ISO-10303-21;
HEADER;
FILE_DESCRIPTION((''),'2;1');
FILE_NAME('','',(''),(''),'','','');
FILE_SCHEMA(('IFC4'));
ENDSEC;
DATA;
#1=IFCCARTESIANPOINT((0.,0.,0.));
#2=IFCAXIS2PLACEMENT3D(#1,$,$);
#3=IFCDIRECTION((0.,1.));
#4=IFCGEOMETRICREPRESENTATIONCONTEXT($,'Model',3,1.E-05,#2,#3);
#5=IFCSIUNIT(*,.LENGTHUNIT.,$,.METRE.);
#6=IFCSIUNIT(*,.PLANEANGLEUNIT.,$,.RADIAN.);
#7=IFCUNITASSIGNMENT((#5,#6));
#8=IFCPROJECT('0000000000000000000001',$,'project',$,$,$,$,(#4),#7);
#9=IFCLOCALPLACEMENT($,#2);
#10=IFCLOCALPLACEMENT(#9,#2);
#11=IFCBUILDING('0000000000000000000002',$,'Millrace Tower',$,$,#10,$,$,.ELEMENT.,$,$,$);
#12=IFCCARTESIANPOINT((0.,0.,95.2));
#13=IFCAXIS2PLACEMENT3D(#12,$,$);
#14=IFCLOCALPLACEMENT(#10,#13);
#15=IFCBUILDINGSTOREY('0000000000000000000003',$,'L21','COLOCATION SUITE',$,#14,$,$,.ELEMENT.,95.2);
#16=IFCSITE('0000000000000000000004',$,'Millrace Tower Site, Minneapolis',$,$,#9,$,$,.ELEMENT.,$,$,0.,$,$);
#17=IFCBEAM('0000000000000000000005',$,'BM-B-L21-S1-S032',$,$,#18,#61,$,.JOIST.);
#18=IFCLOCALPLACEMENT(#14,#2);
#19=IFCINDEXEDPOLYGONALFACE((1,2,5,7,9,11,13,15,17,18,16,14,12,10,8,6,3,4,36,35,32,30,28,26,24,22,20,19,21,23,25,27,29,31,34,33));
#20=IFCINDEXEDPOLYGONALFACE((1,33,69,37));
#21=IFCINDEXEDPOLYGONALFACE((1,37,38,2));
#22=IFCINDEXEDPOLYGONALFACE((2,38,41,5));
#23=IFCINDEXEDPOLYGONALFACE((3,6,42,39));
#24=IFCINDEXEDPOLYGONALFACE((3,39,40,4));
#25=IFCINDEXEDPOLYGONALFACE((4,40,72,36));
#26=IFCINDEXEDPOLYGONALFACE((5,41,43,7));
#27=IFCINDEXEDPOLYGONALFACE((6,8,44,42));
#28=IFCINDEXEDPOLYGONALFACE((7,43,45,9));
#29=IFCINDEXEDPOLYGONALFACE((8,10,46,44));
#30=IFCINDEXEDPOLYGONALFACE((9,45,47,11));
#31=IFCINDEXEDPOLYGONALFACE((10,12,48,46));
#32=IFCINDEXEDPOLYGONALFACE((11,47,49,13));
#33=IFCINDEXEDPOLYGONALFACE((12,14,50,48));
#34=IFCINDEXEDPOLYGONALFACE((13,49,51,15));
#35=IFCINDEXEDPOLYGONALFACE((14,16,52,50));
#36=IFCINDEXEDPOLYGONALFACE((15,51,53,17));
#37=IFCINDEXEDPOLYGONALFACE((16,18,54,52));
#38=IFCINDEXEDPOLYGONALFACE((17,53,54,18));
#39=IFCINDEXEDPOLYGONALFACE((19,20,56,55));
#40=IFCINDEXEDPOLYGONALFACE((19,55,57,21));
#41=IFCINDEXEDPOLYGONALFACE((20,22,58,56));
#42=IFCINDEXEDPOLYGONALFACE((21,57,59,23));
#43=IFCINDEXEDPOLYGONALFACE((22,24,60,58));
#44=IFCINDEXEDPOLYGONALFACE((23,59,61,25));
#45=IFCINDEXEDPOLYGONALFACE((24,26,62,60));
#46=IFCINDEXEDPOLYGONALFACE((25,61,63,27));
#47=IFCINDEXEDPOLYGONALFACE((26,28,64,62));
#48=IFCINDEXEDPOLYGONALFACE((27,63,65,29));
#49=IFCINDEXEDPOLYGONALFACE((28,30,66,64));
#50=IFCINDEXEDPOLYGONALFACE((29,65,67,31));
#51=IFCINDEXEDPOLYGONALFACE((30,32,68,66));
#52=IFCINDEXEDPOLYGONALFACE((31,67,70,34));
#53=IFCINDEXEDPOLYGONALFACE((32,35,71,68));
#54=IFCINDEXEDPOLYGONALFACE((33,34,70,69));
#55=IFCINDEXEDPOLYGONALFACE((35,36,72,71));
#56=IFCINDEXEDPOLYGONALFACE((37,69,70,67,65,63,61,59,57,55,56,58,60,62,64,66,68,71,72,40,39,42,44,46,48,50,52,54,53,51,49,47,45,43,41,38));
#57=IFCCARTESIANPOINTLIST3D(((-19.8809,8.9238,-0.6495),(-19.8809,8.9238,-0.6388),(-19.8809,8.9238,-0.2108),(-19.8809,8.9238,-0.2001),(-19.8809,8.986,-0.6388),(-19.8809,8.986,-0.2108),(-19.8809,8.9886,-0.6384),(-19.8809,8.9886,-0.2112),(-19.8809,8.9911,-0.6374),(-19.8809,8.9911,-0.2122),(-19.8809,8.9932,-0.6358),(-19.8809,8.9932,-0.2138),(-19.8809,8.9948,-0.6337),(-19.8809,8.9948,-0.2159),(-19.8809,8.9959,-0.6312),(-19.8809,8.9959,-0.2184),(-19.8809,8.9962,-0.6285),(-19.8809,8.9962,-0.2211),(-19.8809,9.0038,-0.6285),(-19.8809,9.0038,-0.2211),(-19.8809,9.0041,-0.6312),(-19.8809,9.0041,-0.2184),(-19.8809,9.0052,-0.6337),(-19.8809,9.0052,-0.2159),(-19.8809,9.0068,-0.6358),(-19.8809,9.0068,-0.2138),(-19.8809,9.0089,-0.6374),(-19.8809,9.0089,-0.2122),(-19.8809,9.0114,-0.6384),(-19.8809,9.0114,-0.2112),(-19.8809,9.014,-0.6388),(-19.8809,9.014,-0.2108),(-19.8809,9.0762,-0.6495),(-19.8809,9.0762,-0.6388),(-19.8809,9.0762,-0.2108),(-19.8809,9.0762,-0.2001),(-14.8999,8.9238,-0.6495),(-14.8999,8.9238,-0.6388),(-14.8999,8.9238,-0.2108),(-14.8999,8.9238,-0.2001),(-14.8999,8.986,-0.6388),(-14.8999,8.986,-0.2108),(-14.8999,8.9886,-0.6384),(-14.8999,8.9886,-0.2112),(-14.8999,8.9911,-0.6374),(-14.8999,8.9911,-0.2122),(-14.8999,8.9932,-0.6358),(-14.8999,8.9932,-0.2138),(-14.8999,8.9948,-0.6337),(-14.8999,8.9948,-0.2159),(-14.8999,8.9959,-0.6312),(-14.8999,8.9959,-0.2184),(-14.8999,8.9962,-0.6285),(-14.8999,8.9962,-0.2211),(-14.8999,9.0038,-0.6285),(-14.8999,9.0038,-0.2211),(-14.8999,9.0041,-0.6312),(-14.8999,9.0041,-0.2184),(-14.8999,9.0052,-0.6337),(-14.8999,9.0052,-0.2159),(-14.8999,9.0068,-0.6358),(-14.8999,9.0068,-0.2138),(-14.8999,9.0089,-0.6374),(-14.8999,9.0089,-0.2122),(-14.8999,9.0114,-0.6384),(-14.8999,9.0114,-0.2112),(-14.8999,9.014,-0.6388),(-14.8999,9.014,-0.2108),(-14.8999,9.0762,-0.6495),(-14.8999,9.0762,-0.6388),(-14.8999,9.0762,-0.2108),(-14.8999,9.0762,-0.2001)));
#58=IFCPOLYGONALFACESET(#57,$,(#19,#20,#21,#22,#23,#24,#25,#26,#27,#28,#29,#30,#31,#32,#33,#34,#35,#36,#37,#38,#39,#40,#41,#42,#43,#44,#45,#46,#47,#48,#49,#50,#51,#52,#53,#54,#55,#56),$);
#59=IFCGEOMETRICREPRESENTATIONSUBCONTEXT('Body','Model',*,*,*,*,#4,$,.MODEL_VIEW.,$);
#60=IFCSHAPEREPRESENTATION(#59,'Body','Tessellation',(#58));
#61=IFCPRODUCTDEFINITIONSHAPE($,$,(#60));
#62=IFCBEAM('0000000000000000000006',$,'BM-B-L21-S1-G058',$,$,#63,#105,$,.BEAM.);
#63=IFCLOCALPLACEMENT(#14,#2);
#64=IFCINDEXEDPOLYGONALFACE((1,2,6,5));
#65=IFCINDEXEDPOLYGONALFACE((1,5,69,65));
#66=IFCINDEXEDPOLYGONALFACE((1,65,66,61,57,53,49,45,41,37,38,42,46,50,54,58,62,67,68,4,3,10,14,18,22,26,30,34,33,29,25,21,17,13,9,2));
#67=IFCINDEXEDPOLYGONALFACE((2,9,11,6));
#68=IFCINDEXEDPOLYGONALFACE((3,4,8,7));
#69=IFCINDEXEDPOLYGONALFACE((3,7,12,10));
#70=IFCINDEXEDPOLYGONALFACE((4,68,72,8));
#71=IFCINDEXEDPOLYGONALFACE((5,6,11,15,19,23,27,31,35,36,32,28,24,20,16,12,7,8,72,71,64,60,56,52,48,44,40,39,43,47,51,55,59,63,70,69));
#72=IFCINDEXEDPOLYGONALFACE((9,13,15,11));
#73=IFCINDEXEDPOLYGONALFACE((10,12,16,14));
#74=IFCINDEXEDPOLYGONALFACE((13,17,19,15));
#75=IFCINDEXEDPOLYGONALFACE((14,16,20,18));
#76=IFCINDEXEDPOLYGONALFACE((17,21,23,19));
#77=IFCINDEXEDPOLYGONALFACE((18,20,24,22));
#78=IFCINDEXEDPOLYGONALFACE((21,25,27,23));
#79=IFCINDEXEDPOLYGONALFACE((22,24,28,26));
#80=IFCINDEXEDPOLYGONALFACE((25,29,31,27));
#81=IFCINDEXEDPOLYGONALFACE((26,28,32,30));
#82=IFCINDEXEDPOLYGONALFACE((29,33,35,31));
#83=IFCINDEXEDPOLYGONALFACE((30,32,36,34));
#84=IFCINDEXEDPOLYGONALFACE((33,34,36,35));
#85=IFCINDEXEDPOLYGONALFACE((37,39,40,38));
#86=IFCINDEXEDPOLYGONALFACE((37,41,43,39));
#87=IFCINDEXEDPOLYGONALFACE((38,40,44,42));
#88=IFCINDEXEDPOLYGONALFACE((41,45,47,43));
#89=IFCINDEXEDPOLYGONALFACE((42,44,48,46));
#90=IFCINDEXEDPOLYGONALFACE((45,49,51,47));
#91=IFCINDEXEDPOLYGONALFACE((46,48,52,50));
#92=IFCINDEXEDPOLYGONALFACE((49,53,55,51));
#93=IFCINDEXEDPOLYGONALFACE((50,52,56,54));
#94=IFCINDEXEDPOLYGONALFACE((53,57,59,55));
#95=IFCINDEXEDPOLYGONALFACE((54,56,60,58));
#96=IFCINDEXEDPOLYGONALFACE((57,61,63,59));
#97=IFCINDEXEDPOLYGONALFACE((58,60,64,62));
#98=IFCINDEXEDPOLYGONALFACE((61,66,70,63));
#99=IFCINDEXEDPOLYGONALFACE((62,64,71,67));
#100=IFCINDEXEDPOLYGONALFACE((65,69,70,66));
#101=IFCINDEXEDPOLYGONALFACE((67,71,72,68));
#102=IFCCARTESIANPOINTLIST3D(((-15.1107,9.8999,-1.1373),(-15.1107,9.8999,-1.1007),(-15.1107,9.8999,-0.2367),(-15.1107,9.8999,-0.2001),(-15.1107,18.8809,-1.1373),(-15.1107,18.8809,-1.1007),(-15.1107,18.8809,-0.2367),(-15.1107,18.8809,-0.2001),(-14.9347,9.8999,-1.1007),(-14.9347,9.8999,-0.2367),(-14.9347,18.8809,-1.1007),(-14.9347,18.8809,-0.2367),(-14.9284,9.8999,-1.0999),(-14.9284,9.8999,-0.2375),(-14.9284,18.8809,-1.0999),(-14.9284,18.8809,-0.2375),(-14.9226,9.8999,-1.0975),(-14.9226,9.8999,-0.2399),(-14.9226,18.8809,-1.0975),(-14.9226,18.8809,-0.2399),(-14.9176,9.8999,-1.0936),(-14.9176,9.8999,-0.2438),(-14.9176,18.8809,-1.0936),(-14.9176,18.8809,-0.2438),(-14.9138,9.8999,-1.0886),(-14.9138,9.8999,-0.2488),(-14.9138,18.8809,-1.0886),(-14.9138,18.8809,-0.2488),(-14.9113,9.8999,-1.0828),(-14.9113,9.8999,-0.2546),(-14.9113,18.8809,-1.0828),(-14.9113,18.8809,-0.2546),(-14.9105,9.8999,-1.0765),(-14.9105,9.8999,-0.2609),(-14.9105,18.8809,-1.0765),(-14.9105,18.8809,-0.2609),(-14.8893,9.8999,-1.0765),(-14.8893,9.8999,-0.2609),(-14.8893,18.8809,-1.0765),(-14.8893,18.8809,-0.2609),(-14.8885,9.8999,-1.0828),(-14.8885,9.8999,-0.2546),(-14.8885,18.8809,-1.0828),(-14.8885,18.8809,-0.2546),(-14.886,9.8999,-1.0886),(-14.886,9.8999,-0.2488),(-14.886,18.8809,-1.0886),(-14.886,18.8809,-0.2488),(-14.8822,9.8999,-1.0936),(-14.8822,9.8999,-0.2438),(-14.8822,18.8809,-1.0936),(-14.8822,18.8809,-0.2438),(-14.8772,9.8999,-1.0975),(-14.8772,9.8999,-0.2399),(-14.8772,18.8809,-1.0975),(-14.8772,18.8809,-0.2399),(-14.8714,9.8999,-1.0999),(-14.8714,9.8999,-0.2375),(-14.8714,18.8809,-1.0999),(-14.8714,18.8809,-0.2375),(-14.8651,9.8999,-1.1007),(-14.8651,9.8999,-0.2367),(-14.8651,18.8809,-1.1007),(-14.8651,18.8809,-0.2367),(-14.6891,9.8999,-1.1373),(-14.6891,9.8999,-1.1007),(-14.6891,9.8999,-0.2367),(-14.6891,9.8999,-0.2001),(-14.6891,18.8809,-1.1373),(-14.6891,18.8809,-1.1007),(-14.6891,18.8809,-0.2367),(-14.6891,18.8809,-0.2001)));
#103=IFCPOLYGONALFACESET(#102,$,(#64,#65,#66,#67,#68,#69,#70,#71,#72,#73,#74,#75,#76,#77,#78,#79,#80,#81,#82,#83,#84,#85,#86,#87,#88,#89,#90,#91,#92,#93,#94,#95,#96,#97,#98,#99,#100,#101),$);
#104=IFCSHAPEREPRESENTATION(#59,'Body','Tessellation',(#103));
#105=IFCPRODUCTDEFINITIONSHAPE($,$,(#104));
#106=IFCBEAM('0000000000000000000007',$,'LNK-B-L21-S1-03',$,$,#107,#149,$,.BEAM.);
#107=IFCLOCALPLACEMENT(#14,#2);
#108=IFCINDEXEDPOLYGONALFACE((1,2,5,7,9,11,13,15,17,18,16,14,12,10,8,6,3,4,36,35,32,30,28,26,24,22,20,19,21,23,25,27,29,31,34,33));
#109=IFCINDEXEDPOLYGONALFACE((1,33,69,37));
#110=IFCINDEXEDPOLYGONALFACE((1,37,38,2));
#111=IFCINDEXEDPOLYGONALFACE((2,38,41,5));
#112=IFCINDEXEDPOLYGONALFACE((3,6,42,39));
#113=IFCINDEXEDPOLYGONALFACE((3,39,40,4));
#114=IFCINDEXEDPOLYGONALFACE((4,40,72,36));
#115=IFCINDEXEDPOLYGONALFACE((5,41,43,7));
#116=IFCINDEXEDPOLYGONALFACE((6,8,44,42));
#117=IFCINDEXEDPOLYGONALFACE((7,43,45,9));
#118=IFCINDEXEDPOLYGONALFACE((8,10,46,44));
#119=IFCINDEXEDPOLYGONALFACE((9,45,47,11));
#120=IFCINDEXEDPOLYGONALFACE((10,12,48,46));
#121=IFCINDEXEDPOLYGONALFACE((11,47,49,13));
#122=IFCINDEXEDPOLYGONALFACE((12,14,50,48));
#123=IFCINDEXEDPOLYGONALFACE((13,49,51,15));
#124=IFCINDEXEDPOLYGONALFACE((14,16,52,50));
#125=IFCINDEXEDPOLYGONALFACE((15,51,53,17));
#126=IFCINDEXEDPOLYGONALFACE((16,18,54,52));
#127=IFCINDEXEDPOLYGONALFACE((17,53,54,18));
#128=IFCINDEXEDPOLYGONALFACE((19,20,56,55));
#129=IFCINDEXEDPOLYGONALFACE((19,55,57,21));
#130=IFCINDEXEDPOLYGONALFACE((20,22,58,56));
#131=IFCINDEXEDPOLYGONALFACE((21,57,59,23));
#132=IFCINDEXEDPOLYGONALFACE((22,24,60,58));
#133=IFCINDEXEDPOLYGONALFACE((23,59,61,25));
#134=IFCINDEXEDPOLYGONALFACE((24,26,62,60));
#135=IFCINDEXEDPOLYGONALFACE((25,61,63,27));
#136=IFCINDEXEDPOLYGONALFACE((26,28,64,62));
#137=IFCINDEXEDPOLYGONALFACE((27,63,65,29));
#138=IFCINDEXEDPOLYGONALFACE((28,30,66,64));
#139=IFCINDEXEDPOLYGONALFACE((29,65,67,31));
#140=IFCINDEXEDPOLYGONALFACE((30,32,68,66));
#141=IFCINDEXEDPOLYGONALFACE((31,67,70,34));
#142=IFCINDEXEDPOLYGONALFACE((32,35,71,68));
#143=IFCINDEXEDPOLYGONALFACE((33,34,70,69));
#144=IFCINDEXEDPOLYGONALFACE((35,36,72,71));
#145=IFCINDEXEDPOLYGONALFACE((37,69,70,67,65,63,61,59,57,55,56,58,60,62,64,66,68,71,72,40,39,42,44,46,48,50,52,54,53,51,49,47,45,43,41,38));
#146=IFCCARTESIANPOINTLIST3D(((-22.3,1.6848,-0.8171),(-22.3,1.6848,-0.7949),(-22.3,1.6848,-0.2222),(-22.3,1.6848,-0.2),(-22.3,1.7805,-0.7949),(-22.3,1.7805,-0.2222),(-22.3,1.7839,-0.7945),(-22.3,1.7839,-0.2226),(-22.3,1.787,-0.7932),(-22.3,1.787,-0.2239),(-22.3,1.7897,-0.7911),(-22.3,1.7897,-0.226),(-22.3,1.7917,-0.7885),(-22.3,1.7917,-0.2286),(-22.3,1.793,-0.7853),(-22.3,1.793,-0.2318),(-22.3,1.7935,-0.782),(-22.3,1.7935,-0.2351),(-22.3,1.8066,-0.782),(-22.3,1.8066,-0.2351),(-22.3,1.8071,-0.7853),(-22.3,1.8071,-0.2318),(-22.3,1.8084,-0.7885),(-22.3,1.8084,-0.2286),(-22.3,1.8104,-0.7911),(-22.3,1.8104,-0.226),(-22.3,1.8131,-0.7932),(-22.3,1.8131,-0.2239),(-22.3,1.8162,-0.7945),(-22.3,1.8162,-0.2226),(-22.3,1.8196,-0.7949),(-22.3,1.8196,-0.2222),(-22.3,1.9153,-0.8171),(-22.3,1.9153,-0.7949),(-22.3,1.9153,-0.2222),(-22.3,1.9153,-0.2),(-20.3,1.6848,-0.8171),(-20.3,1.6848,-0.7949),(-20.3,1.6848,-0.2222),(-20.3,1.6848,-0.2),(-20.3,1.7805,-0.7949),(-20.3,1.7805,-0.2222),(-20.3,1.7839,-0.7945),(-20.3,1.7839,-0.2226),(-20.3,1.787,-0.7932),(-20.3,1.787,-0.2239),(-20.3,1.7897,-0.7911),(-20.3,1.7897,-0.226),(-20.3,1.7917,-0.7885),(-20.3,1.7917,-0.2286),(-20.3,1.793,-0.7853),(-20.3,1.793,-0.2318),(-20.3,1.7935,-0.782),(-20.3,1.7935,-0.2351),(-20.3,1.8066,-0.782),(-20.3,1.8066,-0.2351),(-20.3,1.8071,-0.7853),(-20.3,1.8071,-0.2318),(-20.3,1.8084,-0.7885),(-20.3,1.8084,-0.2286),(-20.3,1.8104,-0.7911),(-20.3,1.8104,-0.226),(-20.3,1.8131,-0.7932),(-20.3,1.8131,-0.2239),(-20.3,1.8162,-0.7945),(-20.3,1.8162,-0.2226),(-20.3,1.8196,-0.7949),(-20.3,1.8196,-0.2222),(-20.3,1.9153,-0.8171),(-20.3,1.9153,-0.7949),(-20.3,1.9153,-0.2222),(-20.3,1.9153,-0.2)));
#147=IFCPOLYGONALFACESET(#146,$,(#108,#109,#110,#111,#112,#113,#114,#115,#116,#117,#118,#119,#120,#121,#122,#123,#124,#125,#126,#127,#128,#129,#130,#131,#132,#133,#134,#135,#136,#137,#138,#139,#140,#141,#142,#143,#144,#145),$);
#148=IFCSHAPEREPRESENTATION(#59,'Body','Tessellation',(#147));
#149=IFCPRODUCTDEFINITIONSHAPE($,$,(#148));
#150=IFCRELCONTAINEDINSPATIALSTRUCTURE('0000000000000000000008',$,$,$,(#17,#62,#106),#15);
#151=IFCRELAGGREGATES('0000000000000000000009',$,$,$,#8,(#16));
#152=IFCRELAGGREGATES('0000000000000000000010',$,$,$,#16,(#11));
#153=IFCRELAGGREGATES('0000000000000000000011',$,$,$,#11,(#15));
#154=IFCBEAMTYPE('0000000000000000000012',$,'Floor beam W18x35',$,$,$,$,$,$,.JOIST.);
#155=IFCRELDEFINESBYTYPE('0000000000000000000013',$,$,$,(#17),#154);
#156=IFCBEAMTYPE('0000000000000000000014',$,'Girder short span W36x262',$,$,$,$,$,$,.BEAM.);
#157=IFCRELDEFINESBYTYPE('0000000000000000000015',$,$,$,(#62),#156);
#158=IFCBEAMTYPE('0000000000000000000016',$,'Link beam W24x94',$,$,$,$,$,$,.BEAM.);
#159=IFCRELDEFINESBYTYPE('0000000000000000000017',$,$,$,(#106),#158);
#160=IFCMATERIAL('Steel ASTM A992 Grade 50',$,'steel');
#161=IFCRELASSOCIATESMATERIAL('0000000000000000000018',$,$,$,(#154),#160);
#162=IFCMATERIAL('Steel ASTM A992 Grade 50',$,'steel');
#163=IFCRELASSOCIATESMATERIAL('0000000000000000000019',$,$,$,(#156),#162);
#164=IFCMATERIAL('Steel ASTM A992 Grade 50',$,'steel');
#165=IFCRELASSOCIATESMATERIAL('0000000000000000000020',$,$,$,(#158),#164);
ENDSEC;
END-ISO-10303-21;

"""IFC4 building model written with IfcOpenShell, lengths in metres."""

from ifc_helpers import new_model, si_unit, direction, frame, origin, origin_2d, place, context, subcontext, project, spatial, i_section, extrude, material, material_profile, profile_set, type_object, element, save


model = new_model("IFC4")

# Units and contexts
model_context = context("Model", 3, precision=1e-05, world=origin(), true_north=direction((0.0, 1.0)))
body_context = subcontext(model_context, "Body", "Model", "MODEL_VIEW")
ifc_project = project(units=[si_unit("LENGTHUNIT", "METRE"), si_unit("PLANEANGLEUNIT", "RADIAN")], contexts=[model_context])

# Site, building, storey
site_placement = place(None, origin())
site = spatial("IfcSite", under=ifc_project, at=site_placement, Name="Millrace Tower Site, Minneapolis", CompositionType="ELEMENT", RefElevation=0.0)
building_placement = place(site_placement, origin())
building = spatial("IfcBuilding", under=site, at=building_placement, Name="Millrace Tower", CompositionType="ELEMENT")
storey_placement = place(building_placement, frame((0.0, 0.0, 95.2)))
storey = spatial("IfcBuildingStorey", under=building, at=storey_placement, Name="L21", Description="COLOCATION SUITE", CompositionType="ELEMENT", Elevation=95.2)

# Beams
ifc_material_1 = material(Name="Steel ASTM A992 Grade 50", Category="steel")
ifc_material_profile_1 = material_profile(ifc_material_1, i_section(OverallWidth=0.1523, OverallDepth=0.4495, WebThickness=0.0076, FlangeThickness=0.0107, FilletRadius=0.0103, at=origin_2d()))
ifc_profile_set_1 = profile_set([ifc_material_profile_1], Name="Steel ASTM A992 Grade 50")
beam_type_1 = type_object("IfcBeamType", Name="Floor beam W18x35", PredefinedType="JOIST", material=ifc_profile_set_1)
for number, where, z_axis, x_axis, name in (
    (1, (-19.8809, 9.0, -0.4248), (1.0, 0.0, 0.0), (0.0, 1.0, 0.0), "BM-B-L21-S1-S032"),
):
    element("IfcBeam", number, at=place(storey_placement, frame(where, z_axis=z_axis, x_axis=x_axis)), inside=storey, type_object=beam_type_1, Name=name, PredefinedType="JOIST", context=body_context, shape_type="SweptSolid", body=[
        extrude(i_section(OverallWidth=0.1523, OverallDepth=0.4495, WebThickness=0.0076, FlangeThickness=0.0107, FilletRadius=0.0103, at=origin_2d()), origin(), (0.0, 0.0, 1.0), 4.981),
    ])
ifc_material_2 = material(Name="Steel ASTM A992 Grade 50", Category="steel")
ifc_material_profile_2 = material_profile(ifc_material_2, i_section(OverallWidth=0.4216, OverallDepth=0.9373, WebThickness=0.0212, FlangeThickness=0.0366, FilletRadius=0.0242, at=origin_2d()))
ifc_profile_set_2 = profile_set([ifc_material_profile_2], Name="Steel ASTM A992 Grade 50")
beam_type_2 = type_object("IfcBeamType", Name="Girder short span W36x262", PredefinedType="BEAM", material=ifc_profile_set_2)
beam_1_placement = place(storey_placement, frame((-14.8999, 9.8999, -0.6687), z_axis=(0.0, 1.0, 0.0), x_axis=(-1.0, 0.0, 0.0)))
element("IfcBeam", 2, at=beam_1_placement, inside=storey, type_object=beam_type_2, Name="BM-B-L21-S1-G058", PredefinedType="BEAM", context=body_context, shape_type="SweptSolid", body=[
    extrude(i_section(OverallWidth=0.4216, OverallDepth=0.9373, WebThickness=0.0212, FlangeThickness=0.0366, FilletRadius=0.0242, at=origin_2d()), origin(), (0.0, 0.0, 1.0), 8.981),
])
ifc_material_3 = material(Name="Steel ASTM A992 Grade 50", Category="steel")
ifc_material_profile_3 = material_profile(ifc_material_3, i_section(OverallWidth=0.2305, OverallDepth=0.6172, WebThickness=0.0132, FlangeThickness=0.0222, FilletRadius=0.0129, at=origin_2d()))
ifc_profile_set_3 = profile_set([ifc_material_profile_3], Name="Steel ASTM A992 Grade 50")
beam_type_3 = type_object("IfcBeamType", Name="Link beam W24x94", PredefinedType="BEAM", material=ifc_profile_set_3)
beam_2_placement = place(storey_placement, frame((-20.3, 1.8, -0.5085), z_axis=(-1.0, 0.0, 0.0), x_axis=(0.0, -1.0, 0.0)))
element("IfcBeam", 3, at=beam_2_placement, inside=storey, type_object=beam_type_3, Name="LNK-B-L21-S1-03", PredefinedType="BEAM", context=body_context, shape_type="SweptSolid", body=[
    extrude(i_section(OverallWidth=0.2305, OverallDepth=0.6172, WebThickness=0.0132, FlangeThickness=0.0222, FilletRadius=0.0129, at=origin_2d()), origin(), (0.0, 0.0, 1.0), 2.0),
])

save(model, "model.ifc")
